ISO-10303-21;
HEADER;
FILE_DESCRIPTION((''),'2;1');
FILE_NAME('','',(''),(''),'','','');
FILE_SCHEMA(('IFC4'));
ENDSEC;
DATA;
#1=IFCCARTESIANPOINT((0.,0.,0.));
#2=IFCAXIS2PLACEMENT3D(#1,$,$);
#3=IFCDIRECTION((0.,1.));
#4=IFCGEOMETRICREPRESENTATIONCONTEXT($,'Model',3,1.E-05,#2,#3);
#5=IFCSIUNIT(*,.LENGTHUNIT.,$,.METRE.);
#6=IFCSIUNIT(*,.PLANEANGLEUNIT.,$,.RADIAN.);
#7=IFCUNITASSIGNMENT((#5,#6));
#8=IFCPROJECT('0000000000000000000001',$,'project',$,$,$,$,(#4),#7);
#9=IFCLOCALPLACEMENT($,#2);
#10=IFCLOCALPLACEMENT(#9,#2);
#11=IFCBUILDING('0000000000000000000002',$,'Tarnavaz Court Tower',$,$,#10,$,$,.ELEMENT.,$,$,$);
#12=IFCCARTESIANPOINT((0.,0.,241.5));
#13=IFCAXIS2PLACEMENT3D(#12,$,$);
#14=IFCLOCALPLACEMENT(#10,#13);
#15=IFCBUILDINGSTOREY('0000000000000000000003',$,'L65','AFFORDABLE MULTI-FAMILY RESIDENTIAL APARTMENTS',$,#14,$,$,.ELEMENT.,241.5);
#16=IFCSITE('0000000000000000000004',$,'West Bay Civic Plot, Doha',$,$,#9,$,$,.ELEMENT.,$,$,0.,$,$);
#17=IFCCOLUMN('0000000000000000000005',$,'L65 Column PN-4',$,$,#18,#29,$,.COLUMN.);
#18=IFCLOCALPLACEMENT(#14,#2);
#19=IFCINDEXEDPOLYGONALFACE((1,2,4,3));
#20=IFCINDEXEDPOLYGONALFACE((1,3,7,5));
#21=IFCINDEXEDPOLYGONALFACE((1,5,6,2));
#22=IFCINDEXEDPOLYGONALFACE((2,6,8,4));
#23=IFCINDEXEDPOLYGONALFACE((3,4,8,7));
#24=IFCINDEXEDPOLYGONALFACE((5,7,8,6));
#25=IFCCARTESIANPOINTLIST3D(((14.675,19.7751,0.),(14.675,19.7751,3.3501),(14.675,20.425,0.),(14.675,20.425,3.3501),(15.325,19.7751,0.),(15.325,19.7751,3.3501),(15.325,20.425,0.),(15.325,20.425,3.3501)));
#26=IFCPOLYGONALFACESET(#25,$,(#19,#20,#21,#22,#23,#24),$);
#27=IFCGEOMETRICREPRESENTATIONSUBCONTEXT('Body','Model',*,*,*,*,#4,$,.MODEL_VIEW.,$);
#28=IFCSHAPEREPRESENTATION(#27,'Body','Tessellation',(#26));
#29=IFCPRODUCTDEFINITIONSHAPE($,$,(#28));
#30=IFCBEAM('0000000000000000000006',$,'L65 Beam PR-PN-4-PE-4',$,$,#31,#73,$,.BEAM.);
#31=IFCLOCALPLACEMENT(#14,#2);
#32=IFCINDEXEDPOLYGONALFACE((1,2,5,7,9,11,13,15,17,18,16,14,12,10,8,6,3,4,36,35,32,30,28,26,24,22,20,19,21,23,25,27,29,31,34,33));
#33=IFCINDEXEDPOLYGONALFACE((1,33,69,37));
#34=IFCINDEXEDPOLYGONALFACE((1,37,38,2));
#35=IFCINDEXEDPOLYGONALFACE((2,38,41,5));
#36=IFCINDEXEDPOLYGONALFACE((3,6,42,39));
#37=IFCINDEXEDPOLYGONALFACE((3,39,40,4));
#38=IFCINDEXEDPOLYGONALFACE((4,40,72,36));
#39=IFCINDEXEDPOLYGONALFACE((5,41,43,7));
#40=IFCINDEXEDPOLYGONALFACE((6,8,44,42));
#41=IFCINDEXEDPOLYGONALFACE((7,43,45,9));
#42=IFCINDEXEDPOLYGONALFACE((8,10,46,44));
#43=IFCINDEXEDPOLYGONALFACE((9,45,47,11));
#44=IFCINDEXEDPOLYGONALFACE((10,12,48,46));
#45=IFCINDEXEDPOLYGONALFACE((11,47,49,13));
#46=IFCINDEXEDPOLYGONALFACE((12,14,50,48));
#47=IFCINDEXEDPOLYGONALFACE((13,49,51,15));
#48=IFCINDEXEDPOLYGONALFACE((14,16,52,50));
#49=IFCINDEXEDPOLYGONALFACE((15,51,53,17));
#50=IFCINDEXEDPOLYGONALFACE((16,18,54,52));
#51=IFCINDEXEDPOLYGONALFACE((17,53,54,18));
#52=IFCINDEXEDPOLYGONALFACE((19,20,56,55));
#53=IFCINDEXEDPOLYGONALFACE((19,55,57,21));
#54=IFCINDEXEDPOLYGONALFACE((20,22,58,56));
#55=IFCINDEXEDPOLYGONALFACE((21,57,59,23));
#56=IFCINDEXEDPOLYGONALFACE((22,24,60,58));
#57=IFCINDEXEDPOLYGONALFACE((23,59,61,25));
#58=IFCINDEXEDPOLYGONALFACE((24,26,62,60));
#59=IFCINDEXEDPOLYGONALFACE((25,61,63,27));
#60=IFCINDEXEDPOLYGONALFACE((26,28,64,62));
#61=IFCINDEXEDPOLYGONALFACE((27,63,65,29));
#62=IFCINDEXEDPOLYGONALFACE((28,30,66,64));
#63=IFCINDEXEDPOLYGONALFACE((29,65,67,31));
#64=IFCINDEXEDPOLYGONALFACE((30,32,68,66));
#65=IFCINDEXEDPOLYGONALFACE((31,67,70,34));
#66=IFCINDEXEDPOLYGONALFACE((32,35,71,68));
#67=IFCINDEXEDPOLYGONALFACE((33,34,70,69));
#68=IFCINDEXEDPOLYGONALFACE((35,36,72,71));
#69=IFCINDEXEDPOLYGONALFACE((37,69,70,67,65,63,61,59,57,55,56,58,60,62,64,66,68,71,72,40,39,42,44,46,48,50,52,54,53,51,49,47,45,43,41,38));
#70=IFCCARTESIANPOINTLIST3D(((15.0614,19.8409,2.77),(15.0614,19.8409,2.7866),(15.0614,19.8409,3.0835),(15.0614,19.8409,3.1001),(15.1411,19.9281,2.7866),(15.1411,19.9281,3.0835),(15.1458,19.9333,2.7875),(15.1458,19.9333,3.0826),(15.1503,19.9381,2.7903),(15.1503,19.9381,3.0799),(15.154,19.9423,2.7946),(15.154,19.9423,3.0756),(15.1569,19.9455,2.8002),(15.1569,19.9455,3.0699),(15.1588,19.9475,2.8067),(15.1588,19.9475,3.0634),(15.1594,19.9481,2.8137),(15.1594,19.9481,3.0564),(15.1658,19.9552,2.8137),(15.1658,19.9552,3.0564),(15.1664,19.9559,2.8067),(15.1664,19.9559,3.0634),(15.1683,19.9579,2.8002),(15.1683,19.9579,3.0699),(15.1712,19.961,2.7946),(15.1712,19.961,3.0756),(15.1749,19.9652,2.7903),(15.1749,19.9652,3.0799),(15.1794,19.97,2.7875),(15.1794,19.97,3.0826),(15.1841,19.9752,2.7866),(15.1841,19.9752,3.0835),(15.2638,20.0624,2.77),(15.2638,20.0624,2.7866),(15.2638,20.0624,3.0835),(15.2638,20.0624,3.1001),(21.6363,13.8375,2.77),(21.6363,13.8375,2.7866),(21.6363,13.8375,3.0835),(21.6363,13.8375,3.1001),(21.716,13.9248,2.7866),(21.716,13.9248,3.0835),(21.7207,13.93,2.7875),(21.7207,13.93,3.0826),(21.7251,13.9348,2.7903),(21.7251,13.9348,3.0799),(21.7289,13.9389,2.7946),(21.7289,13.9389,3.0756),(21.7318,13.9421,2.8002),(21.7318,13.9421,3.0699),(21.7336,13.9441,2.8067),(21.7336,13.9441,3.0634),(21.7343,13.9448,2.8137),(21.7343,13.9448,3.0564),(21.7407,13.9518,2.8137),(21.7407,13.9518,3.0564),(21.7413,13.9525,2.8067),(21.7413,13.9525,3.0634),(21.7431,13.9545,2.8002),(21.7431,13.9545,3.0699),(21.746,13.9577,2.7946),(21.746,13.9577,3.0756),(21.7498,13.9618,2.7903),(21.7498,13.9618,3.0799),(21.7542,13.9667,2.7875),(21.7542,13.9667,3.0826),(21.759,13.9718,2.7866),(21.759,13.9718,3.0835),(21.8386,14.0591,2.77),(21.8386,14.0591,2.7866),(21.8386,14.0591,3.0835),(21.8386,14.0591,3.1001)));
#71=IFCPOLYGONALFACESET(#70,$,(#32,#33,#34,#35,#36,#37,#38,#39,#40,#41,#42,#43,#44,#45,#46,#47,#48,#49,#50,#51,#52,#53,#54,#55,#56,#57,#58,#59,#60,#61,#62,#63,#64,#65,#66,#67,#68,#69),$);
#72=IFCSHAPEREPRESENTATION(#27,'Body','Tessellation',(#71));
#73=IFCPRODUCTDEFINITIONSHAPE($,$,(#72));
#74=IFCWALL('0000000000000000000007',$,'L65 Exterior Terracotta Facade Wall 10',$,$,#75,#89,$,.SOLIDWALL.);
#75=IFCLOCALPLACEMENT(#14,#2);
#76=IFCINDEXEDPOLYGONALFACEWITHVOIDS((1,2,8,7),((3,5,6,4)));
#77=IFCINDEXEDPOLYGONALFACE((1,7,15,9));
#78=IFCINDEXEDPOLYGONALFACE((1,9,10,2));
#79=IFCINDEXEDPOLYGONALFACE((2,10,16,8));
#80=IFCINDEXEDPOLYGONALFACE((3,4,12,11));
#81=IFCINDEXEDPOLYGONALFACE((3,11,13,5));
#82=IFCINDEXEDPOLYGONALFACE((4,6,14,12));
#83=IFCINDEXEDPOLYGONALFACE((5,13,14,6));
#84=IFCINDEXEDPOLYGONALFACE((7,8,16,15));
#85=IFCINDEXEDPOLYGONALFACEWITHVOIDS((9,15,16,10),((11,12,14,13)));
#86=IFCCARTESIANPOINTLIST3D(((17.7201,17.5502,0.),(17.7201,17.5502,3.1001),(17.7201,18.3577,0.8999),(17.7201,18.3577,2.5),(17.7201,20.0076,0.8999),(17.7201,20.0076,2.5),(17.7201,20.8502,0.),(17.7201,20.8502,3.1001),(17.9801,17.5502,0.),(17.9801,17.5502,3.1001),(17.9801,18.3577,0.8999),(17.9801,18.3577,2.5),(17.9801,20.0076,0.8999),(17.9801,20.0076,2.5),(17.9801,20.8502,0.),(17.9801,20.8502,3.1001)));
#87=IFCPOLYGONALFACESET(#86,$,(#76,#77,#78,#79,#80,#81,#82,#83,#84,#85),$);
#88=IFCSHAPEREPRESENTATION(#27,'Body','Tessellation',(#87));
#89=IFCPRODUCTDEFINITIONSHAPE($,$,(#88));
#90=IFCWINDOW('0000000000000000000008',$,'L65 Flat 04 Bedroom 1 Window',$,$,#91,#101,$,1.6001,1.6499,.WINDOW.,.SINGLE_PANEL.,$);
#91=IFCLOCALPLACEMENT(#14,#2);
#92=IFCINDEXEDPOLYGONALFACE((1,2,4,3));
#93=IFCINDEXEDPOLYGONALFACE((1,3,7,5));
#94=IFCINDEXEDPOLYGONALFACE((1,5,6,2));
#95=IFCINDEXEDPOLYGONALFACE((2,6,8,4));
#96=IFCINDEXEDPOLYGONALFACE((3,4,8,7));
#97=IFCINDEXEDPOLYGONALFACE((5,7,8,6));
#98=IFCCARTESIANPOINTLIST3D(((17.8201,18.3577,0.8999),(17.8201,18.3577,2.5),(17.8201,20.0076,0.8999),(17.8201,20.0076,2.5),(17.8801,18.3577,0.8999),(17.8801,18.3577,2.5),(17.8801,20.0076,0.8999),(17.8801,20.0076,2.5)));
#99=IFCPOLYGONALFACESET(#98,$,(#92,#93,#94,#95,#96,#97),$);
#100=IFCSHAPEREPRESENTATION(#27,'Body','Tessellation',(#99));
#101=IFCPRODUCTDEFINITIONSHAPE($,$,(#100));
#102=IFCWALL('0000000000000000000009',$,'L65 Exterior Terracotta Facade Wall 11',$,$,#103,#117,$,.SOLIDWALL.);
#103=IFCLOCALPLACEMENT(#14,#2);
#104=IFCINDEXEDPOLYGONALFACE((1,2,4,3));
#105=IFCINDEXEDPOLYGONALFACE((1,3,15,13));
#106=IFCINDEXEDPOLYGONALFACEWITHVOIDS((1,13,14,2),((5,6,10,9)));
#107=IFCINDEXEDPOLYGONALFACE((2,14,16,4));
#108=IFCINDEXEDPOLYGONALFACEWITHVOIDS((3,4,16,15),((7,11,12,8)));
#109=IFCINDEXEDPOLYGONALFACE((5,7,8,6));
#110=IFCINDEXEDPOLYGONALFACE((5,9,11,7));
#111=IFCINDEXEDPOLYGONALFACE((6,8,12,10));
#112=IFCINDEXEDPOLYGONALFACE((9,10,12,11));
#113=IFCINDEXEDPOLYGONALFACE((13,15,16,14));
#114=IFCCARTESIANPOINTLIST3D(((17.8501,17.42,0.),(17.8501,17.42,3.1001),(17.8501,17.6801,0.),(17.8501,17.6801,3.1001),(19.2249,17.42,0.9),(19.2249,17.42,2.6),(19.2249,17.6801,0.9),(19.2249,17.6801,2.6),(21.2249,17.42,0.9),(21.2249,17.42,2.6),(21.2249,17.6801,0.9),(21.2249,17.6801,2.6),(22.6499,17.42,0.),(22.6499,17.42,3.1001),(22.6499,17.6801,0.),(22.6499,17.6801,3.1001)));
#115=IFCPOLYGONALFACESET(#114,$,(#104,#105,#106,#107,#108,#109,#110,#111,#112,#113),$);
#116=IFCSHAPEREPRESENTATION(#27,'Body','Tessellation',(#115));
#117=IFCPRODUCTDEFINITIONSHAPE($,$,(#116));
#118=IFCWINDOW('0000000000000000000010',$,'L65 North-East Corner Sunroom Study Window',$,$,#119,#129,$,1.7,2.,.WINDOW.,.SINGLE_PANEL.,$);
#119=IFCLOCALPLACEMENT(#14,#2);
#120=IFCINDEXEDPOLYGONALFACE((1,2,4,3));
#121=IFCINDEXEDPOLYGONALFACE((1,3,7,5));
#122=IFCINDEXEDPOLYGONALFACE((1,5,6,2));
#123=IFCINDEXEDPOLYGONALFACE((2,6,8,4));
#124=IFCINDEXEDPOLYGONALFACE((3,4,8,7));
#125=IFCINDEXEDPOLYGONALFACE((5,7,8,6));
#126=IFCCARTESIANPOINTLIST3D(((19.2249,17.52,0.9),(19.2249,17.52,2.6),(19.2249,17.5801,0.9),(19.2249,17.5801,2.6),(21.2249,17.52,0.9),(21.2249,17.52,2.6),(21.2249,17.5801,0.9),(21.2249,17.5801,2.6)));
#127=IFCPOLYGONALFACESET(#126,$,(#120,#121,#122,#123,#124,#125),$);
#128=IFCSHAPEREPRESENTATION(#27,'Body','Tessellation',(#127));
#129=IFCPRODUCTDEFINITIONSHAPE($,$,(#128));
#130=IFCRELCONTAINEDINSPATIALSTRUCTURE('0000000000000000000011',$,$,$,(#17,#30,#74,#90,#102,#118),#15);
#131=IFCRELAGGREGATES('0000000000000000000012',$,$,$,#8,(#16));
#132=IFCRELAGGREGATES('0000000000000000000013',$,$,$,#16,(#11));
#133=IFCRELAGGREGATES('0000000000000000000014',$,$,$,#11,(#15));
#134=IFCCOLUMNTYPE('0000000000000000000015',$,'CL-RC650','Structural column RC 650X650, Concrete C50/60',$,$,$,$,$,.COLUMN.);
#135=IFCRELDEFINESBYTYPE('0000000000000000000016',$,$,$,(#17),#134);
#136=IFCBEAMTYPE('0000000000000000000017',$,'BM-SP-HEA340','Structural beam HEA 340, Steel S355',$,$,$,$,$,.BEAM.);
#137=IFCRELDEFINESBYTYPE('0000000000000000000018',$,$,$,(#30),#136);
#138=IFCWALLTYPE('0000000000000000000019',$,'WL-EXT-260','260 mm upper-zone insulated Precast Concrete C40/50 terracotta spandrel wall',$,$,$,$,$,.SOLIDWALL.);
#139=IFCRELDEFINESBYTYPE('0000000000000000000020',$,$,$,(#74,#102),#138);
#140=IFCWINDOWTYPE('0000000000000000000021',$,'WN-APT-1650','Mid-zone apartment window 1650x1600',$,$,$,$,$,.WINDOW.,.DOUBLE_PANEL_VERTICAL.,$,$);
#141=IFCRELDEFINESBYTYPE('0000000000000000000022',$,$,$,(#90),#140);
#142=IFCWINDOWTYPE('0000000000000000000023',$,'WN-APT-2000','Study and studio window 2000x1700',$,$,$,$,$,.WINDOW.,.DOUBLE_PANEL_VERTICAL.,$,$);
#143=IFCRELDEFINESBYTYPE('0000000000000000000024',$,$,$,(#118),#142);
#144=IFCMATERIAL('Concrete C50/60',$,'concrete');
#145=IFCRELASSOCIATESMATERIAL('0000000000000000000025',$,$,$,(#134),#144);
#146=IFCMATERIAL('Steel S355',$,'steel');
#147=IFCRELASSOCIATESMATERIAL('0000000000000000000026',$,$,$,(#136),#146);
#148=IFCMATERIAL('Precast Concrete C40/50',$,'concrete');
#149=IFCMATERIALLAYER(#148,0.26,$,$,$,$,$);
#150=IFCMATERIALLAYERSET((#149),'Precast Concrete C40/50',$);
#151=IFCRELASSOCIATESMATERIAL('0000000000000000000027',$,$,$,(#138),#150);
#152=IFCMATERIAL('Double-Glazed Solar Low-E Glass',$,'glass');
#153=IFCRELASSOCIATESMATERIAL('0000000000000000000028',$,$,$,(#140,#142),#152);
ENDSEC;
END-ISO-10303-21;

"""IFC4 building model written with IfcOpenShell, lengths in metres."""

from ifc_helpers import new_model, si_unit, direction, frame, frame_2d, origin, origin_2d, place, context, subcontext, project, spatial, rectangle, i_section, extrude, material, layer, layer_set, material_profile, profile_set, type_object, element, fill, save


model = new_model("IFC4")

# Units and contexts
model_context = context("Model", 3, precision=1e-05, world=origin(), true_north=direction((0.0, 1.0)))
body_context = subcontext(model_context, "Body", "Model", "MODEL_VIEW")
ifc_project = project(units=[si_unit("LENGTHUNIT", "METRE"), si_unit("PLANEANGLEUNIT", "RADIAN")], contexts=[model_context])

# Site, building, storey
site_placement = place(None, origin())
site = spatial("IfcSite", under=ifc_project, at=site_placement, Name="West Bay Civic Plot, Doha", CompositionType="ELEMENT", RefElevation=0.0)
building_placement = place(site_placement, origin())
building = spatial("IfcBuilding", under=site, at=building_placement, Name="Tarnavaz Court Tower", CompositionType="ELEMENT")
storey_placement = place(building_placement, frame((0.0, 0.0, 241.5)))
storey = spatial("IfcBuildingStorey", under=building, at=storey_placement, Name="L65", Description="AFFORDABLE MULTI-FAMILY RESIDENTIAL APARTMENTS", CompositionType="ELEMENT", Elevation=241.5)

# Column
ifc_material_1 = material(Name="Concrete C50/60", Category="concrete")
ifc_material_profile_1 = material_profile(ifc_material_1, rectangle(XDim=0.6499, YDim=0.6499, at=origin_2d()), Name="RC 650X650")
ifc_profile_set_1 = profile_set([ifc_material_profile_1], Name="Concrete C50/60")
column_type = type_object("IfcColumnType", Name="CL-RC650", Description="Structural column RC 650X650, Concrete C50/60", PredefinedType="COLUMN", material=ifc_profile_set_1)
column_placement = place(storey_placement, frame((15.0, 20.1001, 0.0), z_axis=(0.0, 0.0, 1.0), x_axis=(1.0, 0.0, 0.0)))
element("IfcColumn", 1, at=column_placement, inside=storey, type_object=column_type, Name="L65 Column PN-4", PredefinedType="COLUMN", context=body_context, shape_type="SweptSolid", body=[
    extrude(rectangle(XDim=0.6499, YDim=0.6499, at=origin_2d()), origin(), (0.0, 0.0, 1.0), 3.3501),
])

# Beam
ifc_material_2 = material(Name="Steel S355", Category="steel")
ifc_material_profile_2 = material_profile(ifc_material_2, i_section(OverallWidth=0.3, OverallDepth=0.3301, WebThickness=0.0095, FlangeThickness=0.0166, FilletRadius=0.0271, at=origin_2d()), Name="HEA 340")
ifc_profile_set_2 = profile_set([ifc_material_profile_2], Name="Steel S355")
beam_type = type_object("IfcBeamType", Name="BM-SP-HEA340", Description="Structural beam HEA 340, Steel S355", PredefinedType="BEAM", material=ifc_profile_set_2)
beam_placement = place(storey_placement, frame((15.1626, 19.9517, 2.9351), z_axis=(0.738474, -0.674282, 0.0), x_axis=(0.674282, 0.738474, 0.0)))
element("IfcBeam", 2, at=beam_placement, inside=storey, type_object=beam_type, Name="L65 Beam PR-PN-4-PE-4", PredefinedType="BEAM", context=body_context, shape_type="SweptSolid", body=[
    extrude(i_section(OverallWidth=0.3, OverallDepth=0.3301, WebThickness=0.0095, FlangeThickness=0.0166, FilletRadius=0.0271, at=origin_2d()), origin(), (0.0, 0.0, 1.0), 8.9033),
])

# Walls, openings, windows
ifc_material_3 = material(Name="Precast Concrete C40/50", Category="concrete")
ifc_layer_1 = layer(ifc_material_3, 0.26)
ifc_layer_set_1 = layer_set([ifc_layer_1], Name="Precast Concrete C40/50")
wall_type_1 = type_object("IfcWallType", Name="WL-EXT-260", Description="260 mm upper-zone insulated Precast Concrete C40/50 terracotta spandrel wall", PredefinedType="SOLIDWALL", material=ifc_layer_set_1)
wall_1_placement = place(storey_placement, frame((17.8501, 20.8501, 0.0), z_axis=(0.0, 0.0, 1.0), x_axis=(0.0, -1.0, 0.0)))
wall_1 = element("IfcWall", 3, at=wall_1_placement, inside=storey, type_object=wall_type_1, Name="L65 Exterior Terracotta Facade Wall 10", PredefinedType="SOLIDWALL", context=body_context, shape_type="SweptSolid", body=[
    extrude(rectangle(XDim=3.3, YDim=0.26, at=frame_2d((1.6499, 0.0))), origin(), (0.0, 0.0, 1.0), 3.1001),
])
opening_1_placement = place(wall_1_placement, frame((0.8425, 0.0, 0.8999)))
opening_1 = element("IfcOpeningElement", 4, at=opening_1_placement, cuts=wall_1, PredefinedType="OPENING", context=body_context, shape_type="SweptSolid", body=[
    extrude(rectangle(XDim=1.6499, YDim=1.6001, at=frame_2d((0.825, 0.8))), frame((0.0, 0.1399, 0.0), z_axis=(0.0, -1.0, 0.0), x_axis=(1.0, 0.0, 0.0)), (0.0, 0.0, 1.0), 0.28),
])
ifc_material_4 = material(Name="Double-Glazed Solar Low-E Glass", Category="glass")
window_type_1 = type_object("IfcWindowType", Name="WN-APT-1650", Description="Mid-zone apartment window 1650x1600", PartitioningType="DOUBLE_PANEL_VERTICAL", PredefinedType="WINDOW", material=ifc_material_4)
window_1_placement = place(opening_1_placement, origin())
window_1 = element("IfcWindow", 5, at=window_1_placement, inside=storey, type_object=window_type_1, Name="L65 Flat 04 Bedroom 1 Window", OverallHeight=1.6001, OverallWidth=1.6499, PartitioningType="SINGLE_PANEL", PredefinedType="WINDOW", context=body_context, shape_type="SweptSolid", body=[
    extrude(rectangle(XDim=1.6499, YDim=1.6001, at=frame_2d((0.825, 0.8))), frame((0.0, 0.03, 0.0), z_axis=(0.0, -1.0, 0.0), x_axis=(1.0, 0.0, 0.0)), (0.0, 0.0, 1.0), 0.0601),
])
fill(opening_1, window_1)
wall_2_placement = place(storey_placement, frame((17.8501, 17.55, 0.0), z_axis=(0.0, 0.0, 1.0), x_axis=(1.0, 0.0, 0.0)))
wall_2 = element("IfcWall", 6, at=wall_2_placement, inside=storey, type_object=wall_type_1, Name="L65 Exterior Terracotta Facade Wall 11", PredefinedType="SOLIDWALL", context=body_context, shape_type="SweptSolid", body=[
    extrude(rectangle(XDim=4.7998, YDim=0.26, at=frame_2d((2.3999, 0.0))), origin(), (0.0, 0.0, 1.0), 3.1001),
])
opening_2_placement = place(wall_2_placement, frame((1.3748, 0.0, 0.8999)))
opening_2 = element("IfcOpeningElement", 7, at=opening_2_placement, cuts=wall_2, PredefinedType="OPENING", context=body_context, shape_type="SweptSolid", body=[
    extrude(rectangle(XDim=2.0, YDim=1.7, at=frame_2d((1.0, 0.8501))), frame((0.0, 0.1399, 0.0), z_axis=(0.0, -1.0, 0.0), x_axis=(1.0, 0.0, 0.0)), (0.0, 0.0, 1.0), 0.28),
])
window_type_2 = type_object("IfcWindowType", Name="WN-APT-2000", Description="Study and studio window 2000x1700", PartitioningType="DOUBLE_PANEL_VERTICAL", PredefinedType="WINDOW", material=ifc_material_4)
window_2_placement = place(opening_2_placement, origin())
window_2 = element("IfcWindow", 8, at=window_2_placement, inside=storey, type_object=window_type_2, Name="L65 North-East Corner Sunroom Study Window", OverallHeight=1.7, OverallWidth=2.0, PartitioningType="SINGLE_PANEL", PredefinedType="WINDOW", context=body_context, shape_type="SweptSolid", body=[
    extrude(rectangle(XDim=2.0, YDim=1.7, at=frame_2d((1.0, 0.8501))), frame((0.0, 0.03, 0.0), z_axis=(0.0, -1.0, 0.0), x_axis=(1.0, 0.0, 0.0)), (0.0, 0.0, 1.0), 0.0601),
])
fill(opening_2, window_2)

save(model, "model.ifc")
